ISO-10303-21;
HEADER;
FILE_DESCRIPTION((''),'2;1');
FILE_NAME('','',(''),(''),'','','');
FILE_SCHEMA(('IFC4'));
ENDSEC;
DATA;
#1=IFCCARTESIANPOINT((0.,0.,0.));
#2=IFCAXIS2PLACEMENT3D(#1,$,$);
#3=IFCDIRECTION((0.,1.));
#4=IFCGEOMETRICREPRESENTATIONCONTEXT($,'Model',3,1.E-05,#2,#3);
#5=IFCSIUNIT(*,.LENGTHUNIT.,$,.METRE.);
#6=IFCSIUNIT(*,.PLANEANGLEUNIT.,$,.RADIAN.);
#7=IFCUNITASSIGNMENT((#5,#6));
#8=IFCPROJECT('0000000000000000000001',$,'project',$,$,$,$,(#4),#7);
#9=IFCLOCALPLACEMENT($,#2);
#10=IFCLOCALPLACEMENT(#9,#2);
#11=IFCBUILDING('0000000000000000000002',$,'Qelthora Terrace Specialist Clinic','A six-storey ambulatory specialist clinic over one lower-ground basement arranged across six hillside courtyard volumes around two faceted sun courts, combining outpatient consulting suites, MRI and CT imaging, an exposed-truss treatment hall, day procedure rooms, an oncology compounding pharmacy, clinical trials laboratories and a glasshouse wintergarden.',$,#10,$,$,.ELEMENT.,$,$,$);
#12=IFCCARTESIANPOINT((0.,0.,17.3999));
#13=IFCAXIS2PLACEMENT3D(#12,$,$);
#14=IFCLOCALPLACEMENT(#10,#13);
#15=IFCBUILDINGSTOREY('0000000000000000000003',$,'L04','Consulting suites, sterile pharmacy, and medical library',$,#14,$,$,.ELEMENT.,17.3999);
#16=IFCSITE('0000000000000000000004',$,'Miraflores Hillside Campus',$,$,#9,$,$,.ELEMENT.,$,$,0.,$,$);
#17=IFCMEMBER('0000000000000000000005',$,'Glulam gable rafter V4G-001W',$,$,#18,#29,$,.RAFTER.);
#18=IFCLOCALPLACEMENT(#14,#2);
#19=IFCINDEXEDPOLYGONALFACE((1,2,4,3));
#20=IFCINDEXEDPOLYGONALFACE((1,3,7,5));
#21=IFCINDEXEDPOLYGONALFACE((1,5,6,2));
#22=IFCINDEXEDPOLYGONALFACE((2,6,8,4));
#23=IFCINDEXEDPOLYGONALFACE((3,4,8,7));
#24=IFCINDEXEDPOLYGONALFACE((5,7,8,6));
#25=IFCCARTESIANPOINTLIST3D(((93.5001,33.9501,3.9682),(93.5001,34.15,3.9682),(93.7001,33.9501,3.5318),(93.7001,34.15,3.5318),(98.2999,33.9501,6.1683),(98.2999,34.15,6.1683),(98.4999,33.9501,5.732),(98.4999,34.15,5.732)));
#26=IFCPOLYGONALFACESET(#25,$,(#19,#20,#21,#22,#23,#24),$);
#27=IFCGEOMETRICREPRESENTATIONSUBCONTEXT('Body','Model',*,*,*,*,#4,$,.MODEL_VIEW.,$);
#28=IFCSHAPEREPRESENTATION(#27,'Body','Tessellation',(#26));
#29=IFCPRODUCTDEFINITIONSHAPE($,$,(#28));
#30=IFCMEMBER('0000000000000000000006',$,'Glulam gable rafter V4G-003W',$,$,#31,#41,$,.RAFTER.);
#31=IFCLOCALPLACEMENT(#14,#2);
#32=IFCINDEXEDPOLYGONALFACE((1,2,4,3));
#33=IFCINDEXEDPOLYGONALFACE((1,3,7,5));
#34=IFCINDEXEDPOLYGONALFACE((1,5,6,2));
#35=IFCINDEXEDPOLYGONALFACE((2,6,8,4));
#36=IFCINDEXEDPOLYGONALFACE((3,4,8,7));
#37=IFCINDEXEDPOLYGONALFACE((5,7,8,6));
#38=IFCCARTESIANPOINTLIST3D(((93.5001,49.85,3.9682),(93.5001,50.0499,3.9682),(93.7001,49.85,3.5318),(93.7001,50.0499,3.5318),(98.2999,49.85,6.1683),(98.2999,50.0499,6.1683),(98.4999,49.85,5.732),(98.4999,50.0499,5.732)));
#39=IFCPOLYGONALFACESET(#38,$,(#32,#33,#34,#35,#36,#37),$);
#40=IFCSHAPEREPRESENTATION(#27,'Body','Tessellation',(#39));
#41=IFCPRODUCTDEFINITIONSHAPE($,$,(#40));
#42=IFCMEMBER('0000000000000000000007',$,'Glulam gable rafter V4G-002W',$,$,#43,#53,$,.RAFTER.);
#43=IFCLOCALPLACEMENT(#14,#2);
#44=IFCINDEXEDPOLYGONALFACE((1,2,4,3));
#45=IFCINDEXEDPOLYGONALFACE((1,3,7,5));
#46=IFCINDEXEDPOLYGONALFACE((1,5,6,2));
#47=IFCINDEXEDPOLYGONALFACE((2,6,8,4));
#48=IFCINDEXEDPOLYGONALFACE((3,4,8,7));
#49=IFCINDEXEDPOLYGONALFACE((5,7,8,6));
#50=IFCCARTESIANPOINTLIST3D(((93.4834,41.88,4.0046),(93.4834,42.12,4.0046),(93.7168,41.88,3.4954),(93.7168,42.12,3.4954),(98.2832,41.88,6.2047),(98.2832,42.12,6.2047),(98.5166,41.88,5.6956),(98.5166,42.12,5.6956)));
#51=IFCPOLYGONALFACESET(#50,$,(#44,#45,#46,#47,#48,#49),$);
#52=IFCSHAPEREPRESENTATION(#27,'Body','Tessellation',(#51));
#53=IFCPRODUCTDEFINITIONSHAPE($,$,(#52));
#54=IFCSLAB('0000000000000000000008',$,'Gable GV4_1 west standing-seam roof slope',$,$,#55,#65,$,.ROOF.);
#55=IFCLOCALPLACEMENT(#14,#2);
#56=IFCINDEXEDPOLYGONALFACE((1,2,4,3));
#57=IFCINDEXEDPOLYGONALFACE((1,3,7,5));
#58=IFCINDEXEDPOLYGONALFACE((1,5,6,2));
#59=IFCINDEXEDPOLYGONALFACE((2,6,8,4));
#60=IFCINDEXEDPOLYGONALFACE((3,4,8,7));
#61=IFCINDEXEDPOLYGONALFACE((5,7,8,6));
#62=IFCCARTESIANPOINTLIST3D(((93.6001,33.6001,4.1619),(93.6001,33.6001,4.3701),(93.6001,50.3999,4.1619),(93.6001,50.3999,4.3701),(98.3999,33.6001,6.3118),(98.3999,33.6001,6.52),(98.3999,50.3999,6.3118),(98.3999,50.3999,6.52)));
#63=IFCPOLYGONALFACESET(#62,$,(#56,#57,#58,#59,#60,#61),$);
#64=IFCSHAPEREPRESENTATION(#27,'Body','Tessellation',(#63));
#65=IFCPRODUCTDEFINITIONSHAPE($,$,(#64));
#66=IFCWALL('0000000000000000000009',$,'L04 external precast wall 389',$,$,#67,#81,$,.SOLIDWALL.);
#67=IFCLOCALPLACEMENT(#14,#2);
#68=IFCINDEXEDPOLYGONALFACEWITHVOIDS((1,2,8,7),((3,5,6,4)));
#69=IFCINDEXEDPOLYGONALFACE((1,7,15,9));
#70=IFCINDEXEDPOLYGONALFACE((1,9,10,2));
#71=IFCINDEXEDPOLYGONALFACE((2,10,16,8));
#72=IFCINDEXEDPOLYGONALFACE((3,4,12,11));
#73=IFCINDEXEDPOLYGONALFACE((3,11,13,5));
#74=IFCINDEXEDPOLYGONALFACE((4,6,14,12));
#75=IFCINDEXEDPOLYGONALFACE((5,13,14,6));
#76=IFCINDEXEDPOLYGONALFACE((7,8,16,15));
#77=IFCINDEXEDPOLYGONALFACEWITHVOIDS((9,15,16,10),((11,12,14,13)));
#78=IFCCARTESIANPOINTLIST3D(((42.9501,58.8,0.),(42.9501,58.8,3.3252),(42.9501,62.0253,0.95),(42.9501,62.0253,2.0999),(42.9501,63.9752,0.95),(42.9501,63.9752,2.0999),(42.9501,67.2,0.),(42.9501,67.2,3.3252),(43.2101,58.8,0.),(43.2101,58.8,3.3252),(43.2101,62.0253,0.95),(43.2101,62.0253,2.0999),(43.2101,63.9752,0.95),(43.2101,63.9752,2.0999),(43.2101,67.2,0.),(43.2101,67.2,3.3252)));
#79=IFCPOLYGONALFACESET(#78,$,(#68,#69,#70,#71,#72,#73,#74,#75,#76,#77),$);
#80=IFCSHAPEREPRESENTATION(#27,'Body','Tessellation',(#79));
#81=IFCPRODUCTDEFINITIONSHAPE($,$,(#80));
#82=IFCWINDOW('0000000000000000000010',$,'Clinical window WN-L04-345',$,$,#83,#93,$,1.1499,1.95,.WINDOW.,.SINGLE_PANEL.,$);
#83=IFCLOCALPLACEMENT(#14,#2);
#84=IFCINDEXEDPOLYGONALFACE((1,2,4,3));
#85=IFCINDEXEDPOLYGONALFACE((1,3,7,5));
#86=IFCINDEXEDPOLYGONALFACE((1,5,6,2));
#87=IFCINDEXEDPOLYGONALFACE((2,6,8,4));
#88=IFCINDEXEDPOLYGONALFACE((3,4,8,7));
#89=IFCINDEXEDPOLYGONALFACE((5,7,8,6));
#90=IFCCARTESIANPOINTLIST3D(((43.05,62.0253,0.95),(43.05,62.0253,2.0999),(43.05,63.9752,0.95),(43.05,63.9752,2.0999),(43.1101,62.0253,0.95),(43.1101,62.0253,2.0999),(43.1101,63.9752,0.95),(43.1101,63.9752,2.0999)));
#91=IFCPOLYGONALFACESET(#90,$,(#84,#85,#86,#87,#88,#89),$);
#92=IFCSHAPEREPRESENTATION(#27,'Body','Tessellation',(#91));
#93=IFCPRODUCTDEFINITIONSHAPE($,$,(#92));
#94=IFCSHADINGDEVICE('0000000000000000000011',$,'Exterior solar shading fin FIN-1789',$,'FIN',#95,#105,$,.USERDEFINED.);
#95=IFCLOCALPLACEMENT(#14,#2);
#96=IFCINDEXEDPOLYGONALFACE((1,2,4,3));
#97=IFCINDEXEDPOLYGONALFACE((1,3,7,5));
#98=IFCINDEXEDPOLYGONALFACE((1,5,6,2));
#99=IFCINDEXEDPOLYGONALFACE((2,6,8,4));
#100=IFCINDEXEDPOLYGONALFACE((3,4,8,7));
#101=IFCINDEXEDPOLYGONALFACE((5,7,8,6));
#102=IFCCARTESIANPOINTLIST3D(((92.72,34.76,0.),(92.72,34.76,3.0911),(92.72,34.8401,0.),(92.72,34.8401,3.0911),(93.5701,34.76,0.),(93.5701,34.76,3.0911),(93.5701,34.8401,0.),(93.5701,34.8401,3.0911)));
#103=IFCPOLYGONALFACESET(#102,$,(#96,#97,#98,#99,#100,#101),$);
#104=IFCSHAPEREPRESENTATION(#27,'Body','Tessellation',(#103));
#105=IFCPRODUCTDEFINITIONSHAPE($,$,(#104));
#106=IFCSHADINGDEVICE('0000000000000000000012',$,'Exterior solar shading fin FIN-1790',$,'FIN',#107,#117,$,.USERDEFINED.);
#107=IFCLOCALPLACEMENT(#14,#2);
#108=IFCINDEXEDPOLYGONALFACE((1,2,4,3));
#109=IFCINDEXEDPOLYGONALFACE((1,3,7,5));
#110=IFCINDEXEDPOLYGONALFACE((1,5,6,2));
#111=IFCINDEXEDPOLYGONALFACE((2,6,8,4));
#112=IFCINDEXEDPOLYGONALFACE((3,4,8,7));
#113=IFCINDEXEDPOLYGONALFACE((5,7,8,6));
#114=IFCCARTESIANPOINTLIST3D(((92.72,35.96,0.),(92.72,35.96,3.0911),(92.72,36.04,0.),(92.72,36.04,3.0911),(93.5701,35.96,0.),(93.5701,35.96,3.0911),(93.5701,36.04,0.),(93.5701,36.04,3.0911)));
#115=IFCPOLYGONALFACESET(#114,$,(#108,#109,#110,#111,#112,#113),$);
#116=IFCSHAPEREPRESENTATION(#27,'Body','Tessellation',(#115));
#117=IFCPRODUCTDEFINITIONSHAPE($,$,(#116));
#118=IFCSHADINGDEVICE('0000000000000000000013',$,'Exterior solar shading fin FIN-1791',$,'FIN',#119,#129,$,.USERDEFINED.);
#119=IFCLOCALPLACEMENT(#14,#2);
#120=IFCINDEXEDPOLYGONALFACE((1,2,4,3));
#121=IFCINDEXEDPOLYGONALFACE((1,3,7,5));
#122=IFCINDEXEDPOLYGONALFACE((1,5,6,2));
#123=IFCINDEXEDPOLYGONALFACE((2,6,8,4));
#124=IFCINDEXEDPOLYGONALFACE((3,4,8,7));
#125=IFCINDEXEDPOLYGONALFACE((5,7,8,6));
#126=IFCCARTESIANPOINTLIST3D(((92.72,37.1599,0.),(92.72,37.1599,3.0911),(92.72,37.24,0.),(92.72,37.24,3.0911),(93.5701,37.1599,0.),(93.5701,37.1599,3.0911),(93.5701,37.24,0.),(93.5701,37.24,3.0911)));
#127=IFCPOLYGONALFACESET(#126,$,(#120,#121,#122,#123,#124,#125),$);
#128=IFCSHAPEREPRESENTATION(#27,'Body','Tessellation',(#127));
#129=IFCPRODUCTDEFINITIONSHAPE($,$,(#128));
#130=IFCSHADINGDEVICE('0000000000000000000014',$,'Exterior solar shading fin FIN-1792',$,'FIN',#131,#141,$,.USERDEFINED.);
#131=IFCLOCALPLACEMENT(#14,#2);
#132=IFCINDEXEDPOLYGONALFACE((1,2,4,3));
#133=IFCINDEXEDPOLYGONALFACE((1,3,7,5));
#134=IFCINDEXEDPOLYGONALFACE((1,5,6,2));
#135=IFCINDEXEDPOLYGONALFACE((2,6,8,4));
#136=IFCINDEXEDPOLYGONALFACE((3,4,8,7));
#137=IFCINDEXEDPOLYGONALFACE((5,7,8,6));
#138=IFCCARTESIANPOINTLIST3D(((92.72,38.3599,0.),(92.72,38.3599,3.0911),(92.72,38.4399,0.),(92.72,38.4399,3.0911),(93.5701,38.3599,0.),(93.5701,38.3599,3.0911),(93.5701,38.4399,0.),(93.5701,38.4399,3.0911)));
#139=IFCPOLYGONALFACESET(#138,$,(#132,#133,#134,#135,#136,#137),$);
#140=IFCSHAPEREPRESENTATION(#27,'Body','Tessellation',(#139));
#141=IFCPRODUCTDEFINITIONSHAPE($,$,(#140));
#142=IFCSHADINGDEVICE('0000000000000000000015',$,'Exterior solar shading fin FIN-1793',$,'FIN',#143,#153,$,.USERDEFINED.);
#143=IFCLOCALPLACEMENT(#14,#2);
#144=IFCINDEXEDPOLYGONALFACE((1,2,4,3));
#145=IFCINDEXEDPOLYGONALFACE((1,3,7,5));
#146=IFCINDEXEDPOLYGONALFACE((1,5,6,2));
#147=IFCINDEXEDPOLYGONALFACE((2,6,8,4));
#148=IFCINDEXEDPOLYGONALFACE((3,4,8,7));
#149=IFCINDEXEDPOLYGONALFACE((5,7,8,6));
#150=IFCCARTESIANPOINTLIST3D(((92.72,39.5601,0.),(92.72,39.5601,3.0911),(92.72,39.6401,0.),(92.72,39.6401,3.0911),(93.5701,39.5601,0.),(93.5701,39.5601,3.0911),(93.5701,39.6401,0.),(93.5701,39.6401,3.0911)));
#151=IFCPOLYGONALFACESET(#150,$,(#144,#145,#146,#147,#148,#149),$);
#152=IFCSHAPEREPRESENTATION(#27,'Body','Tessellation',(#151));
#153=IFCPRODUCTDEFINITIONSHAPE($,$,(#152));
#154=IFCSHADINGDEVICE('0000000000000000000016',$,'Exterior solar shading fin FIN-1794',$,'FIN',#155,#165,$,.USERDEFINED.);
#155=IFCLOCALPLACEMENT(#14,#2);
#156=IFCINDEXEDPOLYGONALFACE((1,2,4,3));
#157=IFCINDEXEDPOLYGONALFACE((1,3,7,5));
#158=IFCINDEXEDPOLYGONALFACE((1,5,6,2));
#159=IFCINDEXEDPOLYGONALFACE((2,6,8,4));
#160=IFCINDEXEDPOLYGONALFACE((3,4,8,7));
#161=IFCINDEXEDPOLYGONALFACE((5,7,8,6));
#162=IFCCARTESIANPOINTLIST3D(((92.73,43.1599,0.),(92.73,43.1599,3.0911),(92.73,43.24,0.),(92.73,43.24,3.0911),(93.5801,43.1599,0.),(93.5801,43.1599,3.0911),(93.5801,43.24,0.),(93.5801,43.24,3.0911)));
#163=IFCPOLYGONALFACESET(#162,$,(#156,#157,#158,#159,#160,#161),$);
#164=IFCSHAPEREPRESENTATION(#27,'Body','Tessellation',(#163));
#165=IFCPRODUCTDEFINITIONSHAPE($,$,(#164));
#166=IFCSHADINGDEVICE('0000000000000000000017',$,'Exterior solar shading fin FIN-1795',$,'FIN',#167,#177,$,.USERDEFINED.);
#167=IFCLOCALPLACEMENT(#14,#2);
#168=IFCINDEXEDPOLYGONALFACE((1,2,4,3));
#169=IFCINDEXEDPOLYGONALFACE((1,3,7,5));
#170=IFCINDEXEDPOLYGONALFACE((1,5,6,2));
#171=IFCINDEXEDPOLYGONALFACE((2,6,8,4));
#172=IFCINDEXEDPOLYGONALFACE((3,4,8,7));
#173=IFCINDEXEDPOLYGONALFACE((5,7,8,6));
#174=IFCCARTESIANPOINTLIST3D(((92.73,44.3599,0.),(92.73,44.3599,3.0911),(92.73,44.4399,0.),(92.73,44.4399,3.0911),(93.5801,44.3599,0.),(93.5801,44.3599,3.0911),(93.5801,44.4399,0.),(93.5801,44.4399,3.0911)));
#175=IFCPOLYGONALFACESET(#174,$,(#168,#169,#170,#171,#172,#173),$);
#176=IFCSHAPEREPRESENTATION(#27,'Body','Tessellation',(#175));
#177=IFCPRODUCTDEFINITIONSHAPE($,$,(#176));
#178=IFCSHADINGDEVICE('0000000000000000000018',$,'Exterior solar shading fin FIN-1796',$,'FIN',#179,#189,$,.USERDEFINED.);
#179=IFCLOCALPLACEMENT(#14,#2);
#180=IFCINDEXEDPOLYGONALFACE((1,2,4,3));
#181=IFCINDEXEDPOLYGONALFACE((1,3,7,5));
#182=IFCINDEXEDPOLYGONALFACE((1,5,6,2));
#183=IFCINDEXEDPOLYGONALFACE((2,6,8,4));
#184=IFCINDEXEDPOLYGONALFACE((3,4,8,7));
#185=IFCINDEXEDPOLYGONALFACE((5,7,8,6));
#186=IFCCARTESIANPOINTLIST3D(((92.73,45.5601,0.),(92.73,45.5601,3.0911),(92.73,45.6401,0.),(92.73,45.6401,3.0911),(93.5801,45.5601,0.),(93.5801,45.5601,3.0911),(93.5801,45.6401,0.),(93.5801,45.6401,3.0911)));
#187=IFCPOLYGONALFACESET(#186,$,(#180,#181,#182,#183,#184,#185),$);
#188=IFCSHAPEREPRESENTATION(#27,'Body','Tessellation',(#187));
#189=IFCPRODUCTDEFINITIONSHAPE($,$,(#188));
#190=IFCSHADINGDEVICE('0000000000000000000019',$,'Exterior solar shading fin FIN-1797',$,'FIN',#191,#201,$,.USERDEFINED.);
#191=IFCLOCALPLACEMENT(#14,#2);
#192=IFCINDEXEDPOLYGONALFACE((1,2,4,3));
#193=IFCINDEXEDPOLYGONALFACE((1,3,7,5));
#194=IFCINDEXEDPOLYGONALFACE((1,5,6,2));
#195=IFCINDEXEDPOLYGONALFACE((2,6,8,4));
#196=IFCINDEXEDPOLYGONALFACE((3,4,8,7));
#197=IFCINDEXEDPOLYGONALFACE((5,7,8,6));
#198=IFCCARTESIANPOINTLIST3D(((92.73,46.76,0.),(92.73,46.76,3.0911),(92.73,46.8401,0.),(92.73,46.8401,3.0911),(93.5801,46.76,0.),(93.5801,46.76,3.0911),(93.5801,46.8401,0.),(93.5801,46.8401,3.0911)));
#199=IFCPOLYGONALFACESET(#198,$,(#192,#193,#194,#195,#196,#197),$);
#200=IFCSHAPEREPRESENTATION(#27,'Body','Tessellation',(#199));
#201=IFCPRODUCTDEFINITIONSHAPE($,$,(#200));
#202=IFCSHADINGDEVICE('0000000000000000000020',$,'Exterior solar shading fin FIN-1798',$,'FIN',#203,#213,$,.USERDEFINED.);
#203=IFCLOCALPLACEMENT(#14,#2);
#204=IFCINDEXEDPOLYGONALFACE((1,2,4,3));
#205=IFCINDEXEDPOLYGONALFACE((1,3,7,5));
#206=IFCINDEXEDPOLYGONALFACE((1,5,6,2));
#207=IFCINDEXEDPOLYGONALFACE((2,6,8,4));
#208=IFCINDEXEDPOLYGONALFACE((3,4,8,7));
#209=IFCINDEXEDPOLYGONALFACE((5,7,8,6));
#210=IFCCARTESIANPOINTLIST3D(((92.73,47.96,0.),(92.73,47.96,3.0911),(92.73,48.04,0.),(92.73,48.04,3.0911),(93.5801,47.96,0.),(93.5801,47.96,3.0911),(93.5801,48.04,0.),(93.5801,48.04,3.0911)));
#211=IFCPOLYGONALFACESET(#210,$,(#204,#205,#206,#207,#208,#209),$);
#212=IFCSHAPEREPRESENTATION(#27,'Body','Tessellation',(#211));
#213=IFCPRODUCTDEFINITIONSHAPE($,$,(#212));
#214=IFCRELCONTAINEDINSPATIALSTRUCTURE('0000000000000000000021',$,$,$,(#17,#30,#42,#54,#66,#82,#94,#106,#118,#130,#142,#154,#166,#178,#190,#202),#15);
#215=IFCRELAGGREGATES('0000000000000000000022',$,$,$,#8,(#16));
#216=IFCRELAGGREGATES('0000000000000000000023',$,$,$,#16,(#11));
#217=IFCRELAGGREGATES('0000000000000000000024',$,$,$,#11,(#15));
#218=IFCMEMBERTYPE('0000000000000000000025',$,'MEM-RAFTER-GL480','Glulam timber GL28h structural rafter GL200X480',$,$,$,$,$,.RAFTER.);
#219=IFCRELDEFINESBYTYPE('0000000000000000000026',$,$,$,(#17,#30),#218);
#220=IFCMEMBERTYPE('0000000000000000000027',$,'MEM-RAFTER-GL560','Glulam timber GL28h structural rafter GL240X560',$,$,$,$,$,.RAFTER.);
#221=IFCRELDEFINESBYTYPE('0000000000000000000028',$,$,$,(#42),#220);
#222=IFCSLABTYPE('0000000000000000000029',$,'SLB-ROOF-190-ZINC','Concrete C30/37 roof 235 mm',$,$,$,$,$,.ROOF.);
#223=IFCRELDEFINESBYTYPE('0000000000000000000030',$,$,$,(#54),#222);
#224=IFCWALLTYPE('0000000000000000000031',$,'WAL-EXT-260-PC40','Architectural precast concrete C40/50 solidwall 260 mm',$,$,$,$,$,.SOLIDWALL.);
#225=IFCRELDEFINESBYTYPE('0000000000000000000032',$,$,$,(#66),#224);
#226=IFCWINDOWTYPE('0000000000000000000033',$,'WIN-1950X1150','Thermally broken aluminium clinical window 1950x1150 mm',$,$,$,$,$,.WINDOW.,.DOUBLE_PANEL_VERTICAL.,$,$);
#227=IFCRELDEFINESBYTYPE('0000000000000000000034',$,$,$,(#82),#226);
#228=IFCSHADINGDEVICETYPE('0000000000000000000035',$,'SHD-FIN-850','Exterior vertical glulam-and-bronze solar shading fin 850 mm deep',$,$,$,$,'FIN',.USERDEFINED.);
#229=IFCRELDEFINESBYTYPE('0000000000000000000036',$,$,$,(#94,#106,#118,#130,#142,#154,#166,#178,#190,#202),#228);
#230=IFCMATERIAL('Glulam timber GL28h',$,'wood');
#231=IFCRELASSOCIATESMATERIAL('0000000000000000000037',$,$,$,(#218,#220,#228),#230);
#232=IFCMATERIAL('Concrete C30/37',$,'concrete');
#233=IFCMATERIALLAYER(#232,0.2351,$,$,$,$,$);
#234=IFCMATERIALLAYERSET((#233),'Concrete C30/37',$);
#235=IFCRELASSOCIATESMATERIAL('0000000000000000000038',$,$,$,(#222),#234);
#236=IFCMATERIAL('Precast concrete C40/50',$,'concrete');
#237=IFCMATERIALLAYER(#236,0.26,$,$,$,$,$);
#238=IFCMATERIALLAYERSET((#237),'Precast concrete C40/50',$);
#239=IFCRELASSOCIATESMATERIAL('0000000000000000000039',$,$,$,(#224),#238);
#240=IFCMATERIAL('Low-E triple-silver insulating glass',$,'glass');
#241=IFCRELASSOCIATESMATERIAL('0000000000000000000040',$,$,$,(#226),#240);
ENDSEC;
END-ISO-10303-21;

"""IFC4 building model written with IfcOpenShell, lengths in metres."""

from ifc_helpers import new_model, si_unit, direction, frame, frame_2d, origin, origin_2d, place, context, subcontext, project, spatial, polyline, rectangle, outline, extrude, material, layer, layer_set, material_profile, profile_set, type_object, element, fill, save


model = new_model("IFC4")

# Units and contexts
model_context = context("Model", 3, precision=1e-05, world=origin(), true_north=direction((0.0, 1.0)))
body_context = subcontext(model_context, "Body", "Model", "MODEL_VIEW")
ifc_project = project(units=[si_unit("LENGTHUNIT", "METRE"), si_unit("PLANEANGLEUNIT", "RADIAN")], contexts=[model_context])

# Site, building, storey
site_placement = place(None, origin())
site = spatial("IfcSite", under=ifc_project, at=site_placement, Name="Miraflores Hillside Campus", CompositionType="ELEMENT", RefElevation=0.0)
building_placement = place(site_placement, origin())
building = spatial("IfcBuilding", under=site, at=building_placement, Name="Qelthora Terrace Specialist Clinic", Description="A six-storey ambulatory specialist clinic over one lower-ground basement arranged across six hillside courtyard volumes around two faceted sun courts, combining outpatient consulting suites, MRI and CT imaging, an exposed-truss treatment hall, day procedure rooms, an oncology compounding pharmacy, clinical trials laboratories and a glasshouse wintergarden.", CompositionType="ELEMENT")
storey_placement = place(building_placement, frame((0.0, 0.0, 17.3999)))
storey = spatial("IfcBuildingStorey", under=building, at=storey_placement, Name="L04", Description="Consulting suites, sterile pharmacy, and medical library", CompositionType="ELEMENT", Elevation=17.3999)

# Members
ifc_material_1 = material(Name="Glulam timber GL28h", Category="wood")
ifc_material_profile_1 = material_profile(ifc_material_1, rectangle(XDim=0.2, YDim=0.48, at=origin_2d()), Name="GL200X480")
ifc_profile_set_1 = profile_set([ifc_material_profile_1], Name="Glulam timber GL28h")
member_type_1 = type_object("IfcMemberType", Name="MEM-RAFTER-GL480", Description="Glulam timber GL28h structural rafter GL200X480", PredefinedType="RAFTER", material=ifc_profile_set_1)
for number, where, z_axis, x_axis, name in (
    (1, (93.6001, 34.05, 3.75), (0.909044, 0.0, 0.416699), (0.0, 1.0, 0.0), "Glulam gable rafter V4G-001W"),
    (2, (93.6001, 49.95, 3.75), (0.909044, 0.0, 0.416699), (0.0, 1.0, 0.0), "Glulam gable rafter V4G-003W"),
):
    element("IfcMember", number, at=place(storey_placement, frame(where, z_axis=z_axis, x_axis=x_axis)), inside=storey, type_object=member_type_1, Name=name, PredefinedType="RAFTER", context=body_context, shape_type="SweptSolid", body=[
        extrude(rectangle(XDim=0.2, YDim=0.48, at=origin_2d()), origin(), (0.0, 0.0, 1.0), 5.28),
    ])
ifc_material_profile_2 = material_profile(ifc_material_1, rectangle(XDim=0.24, YDim=0.5601, at=origin_2d()), Name="GL240X560")
ifc_profile_set_2 = profile_set([ifc_material_profile_2], Name="Glulam timber GL28h")
member_type_2 = type_object("IfcMemberType", Name="MEM-RAFTER-GL560", Description="Glulam timber GL28h structural rafter GL240X560", PredefinedType="RAFTER", material=ifc_profile_set_2)
member_placement = place(storey_placement, frame((93.6001, 42.0, 3.75), z_axis=(0.909044, 0.0, 0.416699), x_axis=(0.0, 1.0, 0.0)))
element("IfcMember", 3, at=member_placement, inside=storey, type_object=member_type_2, Name="Glulam gable rafter V4G-002W", PredefinedType="RAFTER", context=body_context, shape_type="SweptSolid", body=[
    extrude(rectangle(XDim=0.24, YDim=0.5601, at=origin_2d()), origin(), (0.0, 0.0, 1.0), 5.28),
])

# Slab
ifc_material_2 = material(Name="Concrete C30/37", Category="concrete")
ifc_layer_1 = layer(ifc_material_2, 0.2351)
ifc_layer_set_1 = layer_set([ifc_layer_1], Name="Concrete C30/37")
slab_type = type_object("IfcSlabType", Name="SLB-ROOF-190-ZINC", Description="Concrete C30/37 roof 235 mm", PredefinedType="ROOF", material=ifc_layer_set_1)
slab_placement = place(storey_placement, frame((93.6001, 33.6001, 4.1619), z_axis=(-0.408781, 0.0, 0.912632), x_axis=(0.912632, 0.0, 0.408781)))
element("IfcSlab", 4, at=slab_placement, inside=storey, type_object=slab_type, Name="Gable GV4_1 west standing-seam roof slope", PredefinedType="ROOF", context=body_context, shape_type="SweptSolid", body=[
    extrude(outline(polyline([(0.0, 0.0), (5.2593, 0.0), (5.2593, 16.7998), (0.0, 16.7998), (0.0, 0.0)])), origin(), (0.408781, 0.0, 0.912632), 0.2083),
])

# Wall, opening, window
ifc_material_3 = material(Name="Precast concrete C40/50", Category="concrete")
ifc_layer_2 = layer(ifc_material_3, 0.26)
ifc_layer_set_2 = layer_set([ifc_layer_2], Name="Precast concrete C40/50")
wall_type = type_object("IfcWallType", Name="WAL-EXT-260-PC40", Description="Architectural precast concrete C40/50 solidwall 260 mm", PredefinedType="SOLIDWALL", material=ifc_layer_set_2)
wall_placement = place(storey_placement, frame((43.0801, 58.8, 0.0), z_axis=(0.0, 0.0, 1.0), x_axis=(0.0, 1.0, 0.0)))
wall = element("IfcWall", 5, at=wall_placement, inside=storey, type_object=wall_type, Name="L04 external precast wall 389", PredefinedType="SOLIDWALL", context=body_context, shape_type="SweptSolid", body=[
    extrude(rectangle(XDim=8.3999, YDim=0.26, at=frame_2d((4.2, 0.0))), origin(), (0.0, 0.0, 1.0), 3.3252),
])
opening_placement = place(wall_placement, frame((3.2251, 0.0, 0.95)))
opening = element("IfcOpeningElement", 6, at=opening_placement, cuts=wall, PredefinedType="OPENING", context=body_context, shape_type="SweptSolid", body=[
    extrude(rectangle(XDim=1.95, YDim=1.1499, at=frame_2d((0.9751, 0.575))), frame((0.0, 0.1399, 0.0), z_axis=(0.0, -1.0, 0.0), x_axis=(1.0, 0.0, 0.0)), (0.0, 0.0, 1.0), 0.28),
])
ifc_material_4 = material(Name="Low-E triple-silver insulating glass", Category="glass")
window_type = type_object("IfcWindowType", Name="WIN-1950X1150", Description="Thermally broken aluminium clinical window 1950x1150 mm", PartitioningType="DOUBLE_PANEL_VERTICAL", PredefinedType="WINDOW", material=ifc_material_4)
window_placement = place(opening_placement, origin())
window = element("IfcWindow", 7, at=window_placement, inside=storey, type_object=window_type, Name="Clinical window WN-L04-345", OverallHeight=1.1499, OverallWidth=1.95, PartitioningType="SINGLE_PANEL", PredefinedType="WINDOW", context=body_context, shape_type="SweptSolid", body=[
    extrude(rectangle(XDim=1.95, YDim=1.1499, at=frame_2d((0.9751, 0.575))), frame((0.0, 0.03, 0.0), z_axis=(0.0, -1.0, 0.0), x_axis=(1.0, 0.0, 0.0)), (0.0, 0.0, 1.0), 0.0601),
])
fill(opening, window)

# Shading devices
shading_device_type = type_object("IfcShadingDeviceType", Name="SHD-FIN-850", Description="Exterior vertical glulam-and-bronze solar shading fin 850 mm deep", ElementType="FIN", PredefinedType="USERDEFINED", material=ifc_material_1)
for number, where, z_axis, x_axis, name in (
    (8, (93.145, 34.8, 0.0), (0.0, 0.0, 1.0), (-1.0, 0.0, 0.0), "Exterior solar shading fin FIN-1789"),
    (9, (93.145, 36.0, 0.0), (0.0, 0.0, 1.0), (-1.0, 0.0, 0.0), "Exterior solar shading fin FIN-1790"),
    (10, (93.145, 37.2, 0.0), (0.0, 0.0, 1.0), (-1.0, 0.0, 0.0), "Exterior solar shading fin FIN-1791"),
    (11, (93.145, 38.3999, 0.0), (0.0, 0.0, 1.0), (-1.0, 0.0, 0.0), "Exterior solar shading fin FIN-1792"),
    (12, (93.145, 39.6001, 0.0), (0.0, 0.0, 1.0), (-1.0, 0.0, 0.0), "Exterior solar shading fin FIN-1793"),
    (13, (93.155, 43.2, 0.0), (0.0, 0.0, 1.0), (-1.0, 0.0, 0.0), "Exterior solar shading fin FIN-1794"),
    (14, (93.155, 44.3999, 0.0), (0.0, 0.0, 1.0), (-1.0, 0.0, 0.0), "Exterior solar shading fin FIN-1795"),
    (15, (93.155, 45.6001, 0.0), (0.0, 0.0, 1.0), (-1.0, 0.0, 0.0), "Exterior solar shading fin FIN-1796"),
    (16, (93.155, 46.8, 0.0), (0.0, 0.0, 1.0), (-1.0, 0.0, 0.0), "Exterior solar shading fin FIN-1797"),
    (17, (93.155, 48.0, 0.0), (0.0, 0.0, 1.0), (-1.0, 0.0, 0.0), "Exterior solar shading fin FIN-1798"),
):
    element("IfcShadingDevice", number, at=place(storey_placement, frame(where, z_axis=z_axis, x_axis=x_axis)), inside=storey, type_object=shading_device_type, Name=name, ObjectType="FIN", PredefinedType="USERDEFINED", context=body_context, shape_type="SweptSolid", body=[
        extrude(rectangle(XDim=0.8501, YDim=0.0801, at=origin_2d()), origin(), (0.0, 0.0, 1.0), 3.0911),
    ])

save(model, "model.ifc")
